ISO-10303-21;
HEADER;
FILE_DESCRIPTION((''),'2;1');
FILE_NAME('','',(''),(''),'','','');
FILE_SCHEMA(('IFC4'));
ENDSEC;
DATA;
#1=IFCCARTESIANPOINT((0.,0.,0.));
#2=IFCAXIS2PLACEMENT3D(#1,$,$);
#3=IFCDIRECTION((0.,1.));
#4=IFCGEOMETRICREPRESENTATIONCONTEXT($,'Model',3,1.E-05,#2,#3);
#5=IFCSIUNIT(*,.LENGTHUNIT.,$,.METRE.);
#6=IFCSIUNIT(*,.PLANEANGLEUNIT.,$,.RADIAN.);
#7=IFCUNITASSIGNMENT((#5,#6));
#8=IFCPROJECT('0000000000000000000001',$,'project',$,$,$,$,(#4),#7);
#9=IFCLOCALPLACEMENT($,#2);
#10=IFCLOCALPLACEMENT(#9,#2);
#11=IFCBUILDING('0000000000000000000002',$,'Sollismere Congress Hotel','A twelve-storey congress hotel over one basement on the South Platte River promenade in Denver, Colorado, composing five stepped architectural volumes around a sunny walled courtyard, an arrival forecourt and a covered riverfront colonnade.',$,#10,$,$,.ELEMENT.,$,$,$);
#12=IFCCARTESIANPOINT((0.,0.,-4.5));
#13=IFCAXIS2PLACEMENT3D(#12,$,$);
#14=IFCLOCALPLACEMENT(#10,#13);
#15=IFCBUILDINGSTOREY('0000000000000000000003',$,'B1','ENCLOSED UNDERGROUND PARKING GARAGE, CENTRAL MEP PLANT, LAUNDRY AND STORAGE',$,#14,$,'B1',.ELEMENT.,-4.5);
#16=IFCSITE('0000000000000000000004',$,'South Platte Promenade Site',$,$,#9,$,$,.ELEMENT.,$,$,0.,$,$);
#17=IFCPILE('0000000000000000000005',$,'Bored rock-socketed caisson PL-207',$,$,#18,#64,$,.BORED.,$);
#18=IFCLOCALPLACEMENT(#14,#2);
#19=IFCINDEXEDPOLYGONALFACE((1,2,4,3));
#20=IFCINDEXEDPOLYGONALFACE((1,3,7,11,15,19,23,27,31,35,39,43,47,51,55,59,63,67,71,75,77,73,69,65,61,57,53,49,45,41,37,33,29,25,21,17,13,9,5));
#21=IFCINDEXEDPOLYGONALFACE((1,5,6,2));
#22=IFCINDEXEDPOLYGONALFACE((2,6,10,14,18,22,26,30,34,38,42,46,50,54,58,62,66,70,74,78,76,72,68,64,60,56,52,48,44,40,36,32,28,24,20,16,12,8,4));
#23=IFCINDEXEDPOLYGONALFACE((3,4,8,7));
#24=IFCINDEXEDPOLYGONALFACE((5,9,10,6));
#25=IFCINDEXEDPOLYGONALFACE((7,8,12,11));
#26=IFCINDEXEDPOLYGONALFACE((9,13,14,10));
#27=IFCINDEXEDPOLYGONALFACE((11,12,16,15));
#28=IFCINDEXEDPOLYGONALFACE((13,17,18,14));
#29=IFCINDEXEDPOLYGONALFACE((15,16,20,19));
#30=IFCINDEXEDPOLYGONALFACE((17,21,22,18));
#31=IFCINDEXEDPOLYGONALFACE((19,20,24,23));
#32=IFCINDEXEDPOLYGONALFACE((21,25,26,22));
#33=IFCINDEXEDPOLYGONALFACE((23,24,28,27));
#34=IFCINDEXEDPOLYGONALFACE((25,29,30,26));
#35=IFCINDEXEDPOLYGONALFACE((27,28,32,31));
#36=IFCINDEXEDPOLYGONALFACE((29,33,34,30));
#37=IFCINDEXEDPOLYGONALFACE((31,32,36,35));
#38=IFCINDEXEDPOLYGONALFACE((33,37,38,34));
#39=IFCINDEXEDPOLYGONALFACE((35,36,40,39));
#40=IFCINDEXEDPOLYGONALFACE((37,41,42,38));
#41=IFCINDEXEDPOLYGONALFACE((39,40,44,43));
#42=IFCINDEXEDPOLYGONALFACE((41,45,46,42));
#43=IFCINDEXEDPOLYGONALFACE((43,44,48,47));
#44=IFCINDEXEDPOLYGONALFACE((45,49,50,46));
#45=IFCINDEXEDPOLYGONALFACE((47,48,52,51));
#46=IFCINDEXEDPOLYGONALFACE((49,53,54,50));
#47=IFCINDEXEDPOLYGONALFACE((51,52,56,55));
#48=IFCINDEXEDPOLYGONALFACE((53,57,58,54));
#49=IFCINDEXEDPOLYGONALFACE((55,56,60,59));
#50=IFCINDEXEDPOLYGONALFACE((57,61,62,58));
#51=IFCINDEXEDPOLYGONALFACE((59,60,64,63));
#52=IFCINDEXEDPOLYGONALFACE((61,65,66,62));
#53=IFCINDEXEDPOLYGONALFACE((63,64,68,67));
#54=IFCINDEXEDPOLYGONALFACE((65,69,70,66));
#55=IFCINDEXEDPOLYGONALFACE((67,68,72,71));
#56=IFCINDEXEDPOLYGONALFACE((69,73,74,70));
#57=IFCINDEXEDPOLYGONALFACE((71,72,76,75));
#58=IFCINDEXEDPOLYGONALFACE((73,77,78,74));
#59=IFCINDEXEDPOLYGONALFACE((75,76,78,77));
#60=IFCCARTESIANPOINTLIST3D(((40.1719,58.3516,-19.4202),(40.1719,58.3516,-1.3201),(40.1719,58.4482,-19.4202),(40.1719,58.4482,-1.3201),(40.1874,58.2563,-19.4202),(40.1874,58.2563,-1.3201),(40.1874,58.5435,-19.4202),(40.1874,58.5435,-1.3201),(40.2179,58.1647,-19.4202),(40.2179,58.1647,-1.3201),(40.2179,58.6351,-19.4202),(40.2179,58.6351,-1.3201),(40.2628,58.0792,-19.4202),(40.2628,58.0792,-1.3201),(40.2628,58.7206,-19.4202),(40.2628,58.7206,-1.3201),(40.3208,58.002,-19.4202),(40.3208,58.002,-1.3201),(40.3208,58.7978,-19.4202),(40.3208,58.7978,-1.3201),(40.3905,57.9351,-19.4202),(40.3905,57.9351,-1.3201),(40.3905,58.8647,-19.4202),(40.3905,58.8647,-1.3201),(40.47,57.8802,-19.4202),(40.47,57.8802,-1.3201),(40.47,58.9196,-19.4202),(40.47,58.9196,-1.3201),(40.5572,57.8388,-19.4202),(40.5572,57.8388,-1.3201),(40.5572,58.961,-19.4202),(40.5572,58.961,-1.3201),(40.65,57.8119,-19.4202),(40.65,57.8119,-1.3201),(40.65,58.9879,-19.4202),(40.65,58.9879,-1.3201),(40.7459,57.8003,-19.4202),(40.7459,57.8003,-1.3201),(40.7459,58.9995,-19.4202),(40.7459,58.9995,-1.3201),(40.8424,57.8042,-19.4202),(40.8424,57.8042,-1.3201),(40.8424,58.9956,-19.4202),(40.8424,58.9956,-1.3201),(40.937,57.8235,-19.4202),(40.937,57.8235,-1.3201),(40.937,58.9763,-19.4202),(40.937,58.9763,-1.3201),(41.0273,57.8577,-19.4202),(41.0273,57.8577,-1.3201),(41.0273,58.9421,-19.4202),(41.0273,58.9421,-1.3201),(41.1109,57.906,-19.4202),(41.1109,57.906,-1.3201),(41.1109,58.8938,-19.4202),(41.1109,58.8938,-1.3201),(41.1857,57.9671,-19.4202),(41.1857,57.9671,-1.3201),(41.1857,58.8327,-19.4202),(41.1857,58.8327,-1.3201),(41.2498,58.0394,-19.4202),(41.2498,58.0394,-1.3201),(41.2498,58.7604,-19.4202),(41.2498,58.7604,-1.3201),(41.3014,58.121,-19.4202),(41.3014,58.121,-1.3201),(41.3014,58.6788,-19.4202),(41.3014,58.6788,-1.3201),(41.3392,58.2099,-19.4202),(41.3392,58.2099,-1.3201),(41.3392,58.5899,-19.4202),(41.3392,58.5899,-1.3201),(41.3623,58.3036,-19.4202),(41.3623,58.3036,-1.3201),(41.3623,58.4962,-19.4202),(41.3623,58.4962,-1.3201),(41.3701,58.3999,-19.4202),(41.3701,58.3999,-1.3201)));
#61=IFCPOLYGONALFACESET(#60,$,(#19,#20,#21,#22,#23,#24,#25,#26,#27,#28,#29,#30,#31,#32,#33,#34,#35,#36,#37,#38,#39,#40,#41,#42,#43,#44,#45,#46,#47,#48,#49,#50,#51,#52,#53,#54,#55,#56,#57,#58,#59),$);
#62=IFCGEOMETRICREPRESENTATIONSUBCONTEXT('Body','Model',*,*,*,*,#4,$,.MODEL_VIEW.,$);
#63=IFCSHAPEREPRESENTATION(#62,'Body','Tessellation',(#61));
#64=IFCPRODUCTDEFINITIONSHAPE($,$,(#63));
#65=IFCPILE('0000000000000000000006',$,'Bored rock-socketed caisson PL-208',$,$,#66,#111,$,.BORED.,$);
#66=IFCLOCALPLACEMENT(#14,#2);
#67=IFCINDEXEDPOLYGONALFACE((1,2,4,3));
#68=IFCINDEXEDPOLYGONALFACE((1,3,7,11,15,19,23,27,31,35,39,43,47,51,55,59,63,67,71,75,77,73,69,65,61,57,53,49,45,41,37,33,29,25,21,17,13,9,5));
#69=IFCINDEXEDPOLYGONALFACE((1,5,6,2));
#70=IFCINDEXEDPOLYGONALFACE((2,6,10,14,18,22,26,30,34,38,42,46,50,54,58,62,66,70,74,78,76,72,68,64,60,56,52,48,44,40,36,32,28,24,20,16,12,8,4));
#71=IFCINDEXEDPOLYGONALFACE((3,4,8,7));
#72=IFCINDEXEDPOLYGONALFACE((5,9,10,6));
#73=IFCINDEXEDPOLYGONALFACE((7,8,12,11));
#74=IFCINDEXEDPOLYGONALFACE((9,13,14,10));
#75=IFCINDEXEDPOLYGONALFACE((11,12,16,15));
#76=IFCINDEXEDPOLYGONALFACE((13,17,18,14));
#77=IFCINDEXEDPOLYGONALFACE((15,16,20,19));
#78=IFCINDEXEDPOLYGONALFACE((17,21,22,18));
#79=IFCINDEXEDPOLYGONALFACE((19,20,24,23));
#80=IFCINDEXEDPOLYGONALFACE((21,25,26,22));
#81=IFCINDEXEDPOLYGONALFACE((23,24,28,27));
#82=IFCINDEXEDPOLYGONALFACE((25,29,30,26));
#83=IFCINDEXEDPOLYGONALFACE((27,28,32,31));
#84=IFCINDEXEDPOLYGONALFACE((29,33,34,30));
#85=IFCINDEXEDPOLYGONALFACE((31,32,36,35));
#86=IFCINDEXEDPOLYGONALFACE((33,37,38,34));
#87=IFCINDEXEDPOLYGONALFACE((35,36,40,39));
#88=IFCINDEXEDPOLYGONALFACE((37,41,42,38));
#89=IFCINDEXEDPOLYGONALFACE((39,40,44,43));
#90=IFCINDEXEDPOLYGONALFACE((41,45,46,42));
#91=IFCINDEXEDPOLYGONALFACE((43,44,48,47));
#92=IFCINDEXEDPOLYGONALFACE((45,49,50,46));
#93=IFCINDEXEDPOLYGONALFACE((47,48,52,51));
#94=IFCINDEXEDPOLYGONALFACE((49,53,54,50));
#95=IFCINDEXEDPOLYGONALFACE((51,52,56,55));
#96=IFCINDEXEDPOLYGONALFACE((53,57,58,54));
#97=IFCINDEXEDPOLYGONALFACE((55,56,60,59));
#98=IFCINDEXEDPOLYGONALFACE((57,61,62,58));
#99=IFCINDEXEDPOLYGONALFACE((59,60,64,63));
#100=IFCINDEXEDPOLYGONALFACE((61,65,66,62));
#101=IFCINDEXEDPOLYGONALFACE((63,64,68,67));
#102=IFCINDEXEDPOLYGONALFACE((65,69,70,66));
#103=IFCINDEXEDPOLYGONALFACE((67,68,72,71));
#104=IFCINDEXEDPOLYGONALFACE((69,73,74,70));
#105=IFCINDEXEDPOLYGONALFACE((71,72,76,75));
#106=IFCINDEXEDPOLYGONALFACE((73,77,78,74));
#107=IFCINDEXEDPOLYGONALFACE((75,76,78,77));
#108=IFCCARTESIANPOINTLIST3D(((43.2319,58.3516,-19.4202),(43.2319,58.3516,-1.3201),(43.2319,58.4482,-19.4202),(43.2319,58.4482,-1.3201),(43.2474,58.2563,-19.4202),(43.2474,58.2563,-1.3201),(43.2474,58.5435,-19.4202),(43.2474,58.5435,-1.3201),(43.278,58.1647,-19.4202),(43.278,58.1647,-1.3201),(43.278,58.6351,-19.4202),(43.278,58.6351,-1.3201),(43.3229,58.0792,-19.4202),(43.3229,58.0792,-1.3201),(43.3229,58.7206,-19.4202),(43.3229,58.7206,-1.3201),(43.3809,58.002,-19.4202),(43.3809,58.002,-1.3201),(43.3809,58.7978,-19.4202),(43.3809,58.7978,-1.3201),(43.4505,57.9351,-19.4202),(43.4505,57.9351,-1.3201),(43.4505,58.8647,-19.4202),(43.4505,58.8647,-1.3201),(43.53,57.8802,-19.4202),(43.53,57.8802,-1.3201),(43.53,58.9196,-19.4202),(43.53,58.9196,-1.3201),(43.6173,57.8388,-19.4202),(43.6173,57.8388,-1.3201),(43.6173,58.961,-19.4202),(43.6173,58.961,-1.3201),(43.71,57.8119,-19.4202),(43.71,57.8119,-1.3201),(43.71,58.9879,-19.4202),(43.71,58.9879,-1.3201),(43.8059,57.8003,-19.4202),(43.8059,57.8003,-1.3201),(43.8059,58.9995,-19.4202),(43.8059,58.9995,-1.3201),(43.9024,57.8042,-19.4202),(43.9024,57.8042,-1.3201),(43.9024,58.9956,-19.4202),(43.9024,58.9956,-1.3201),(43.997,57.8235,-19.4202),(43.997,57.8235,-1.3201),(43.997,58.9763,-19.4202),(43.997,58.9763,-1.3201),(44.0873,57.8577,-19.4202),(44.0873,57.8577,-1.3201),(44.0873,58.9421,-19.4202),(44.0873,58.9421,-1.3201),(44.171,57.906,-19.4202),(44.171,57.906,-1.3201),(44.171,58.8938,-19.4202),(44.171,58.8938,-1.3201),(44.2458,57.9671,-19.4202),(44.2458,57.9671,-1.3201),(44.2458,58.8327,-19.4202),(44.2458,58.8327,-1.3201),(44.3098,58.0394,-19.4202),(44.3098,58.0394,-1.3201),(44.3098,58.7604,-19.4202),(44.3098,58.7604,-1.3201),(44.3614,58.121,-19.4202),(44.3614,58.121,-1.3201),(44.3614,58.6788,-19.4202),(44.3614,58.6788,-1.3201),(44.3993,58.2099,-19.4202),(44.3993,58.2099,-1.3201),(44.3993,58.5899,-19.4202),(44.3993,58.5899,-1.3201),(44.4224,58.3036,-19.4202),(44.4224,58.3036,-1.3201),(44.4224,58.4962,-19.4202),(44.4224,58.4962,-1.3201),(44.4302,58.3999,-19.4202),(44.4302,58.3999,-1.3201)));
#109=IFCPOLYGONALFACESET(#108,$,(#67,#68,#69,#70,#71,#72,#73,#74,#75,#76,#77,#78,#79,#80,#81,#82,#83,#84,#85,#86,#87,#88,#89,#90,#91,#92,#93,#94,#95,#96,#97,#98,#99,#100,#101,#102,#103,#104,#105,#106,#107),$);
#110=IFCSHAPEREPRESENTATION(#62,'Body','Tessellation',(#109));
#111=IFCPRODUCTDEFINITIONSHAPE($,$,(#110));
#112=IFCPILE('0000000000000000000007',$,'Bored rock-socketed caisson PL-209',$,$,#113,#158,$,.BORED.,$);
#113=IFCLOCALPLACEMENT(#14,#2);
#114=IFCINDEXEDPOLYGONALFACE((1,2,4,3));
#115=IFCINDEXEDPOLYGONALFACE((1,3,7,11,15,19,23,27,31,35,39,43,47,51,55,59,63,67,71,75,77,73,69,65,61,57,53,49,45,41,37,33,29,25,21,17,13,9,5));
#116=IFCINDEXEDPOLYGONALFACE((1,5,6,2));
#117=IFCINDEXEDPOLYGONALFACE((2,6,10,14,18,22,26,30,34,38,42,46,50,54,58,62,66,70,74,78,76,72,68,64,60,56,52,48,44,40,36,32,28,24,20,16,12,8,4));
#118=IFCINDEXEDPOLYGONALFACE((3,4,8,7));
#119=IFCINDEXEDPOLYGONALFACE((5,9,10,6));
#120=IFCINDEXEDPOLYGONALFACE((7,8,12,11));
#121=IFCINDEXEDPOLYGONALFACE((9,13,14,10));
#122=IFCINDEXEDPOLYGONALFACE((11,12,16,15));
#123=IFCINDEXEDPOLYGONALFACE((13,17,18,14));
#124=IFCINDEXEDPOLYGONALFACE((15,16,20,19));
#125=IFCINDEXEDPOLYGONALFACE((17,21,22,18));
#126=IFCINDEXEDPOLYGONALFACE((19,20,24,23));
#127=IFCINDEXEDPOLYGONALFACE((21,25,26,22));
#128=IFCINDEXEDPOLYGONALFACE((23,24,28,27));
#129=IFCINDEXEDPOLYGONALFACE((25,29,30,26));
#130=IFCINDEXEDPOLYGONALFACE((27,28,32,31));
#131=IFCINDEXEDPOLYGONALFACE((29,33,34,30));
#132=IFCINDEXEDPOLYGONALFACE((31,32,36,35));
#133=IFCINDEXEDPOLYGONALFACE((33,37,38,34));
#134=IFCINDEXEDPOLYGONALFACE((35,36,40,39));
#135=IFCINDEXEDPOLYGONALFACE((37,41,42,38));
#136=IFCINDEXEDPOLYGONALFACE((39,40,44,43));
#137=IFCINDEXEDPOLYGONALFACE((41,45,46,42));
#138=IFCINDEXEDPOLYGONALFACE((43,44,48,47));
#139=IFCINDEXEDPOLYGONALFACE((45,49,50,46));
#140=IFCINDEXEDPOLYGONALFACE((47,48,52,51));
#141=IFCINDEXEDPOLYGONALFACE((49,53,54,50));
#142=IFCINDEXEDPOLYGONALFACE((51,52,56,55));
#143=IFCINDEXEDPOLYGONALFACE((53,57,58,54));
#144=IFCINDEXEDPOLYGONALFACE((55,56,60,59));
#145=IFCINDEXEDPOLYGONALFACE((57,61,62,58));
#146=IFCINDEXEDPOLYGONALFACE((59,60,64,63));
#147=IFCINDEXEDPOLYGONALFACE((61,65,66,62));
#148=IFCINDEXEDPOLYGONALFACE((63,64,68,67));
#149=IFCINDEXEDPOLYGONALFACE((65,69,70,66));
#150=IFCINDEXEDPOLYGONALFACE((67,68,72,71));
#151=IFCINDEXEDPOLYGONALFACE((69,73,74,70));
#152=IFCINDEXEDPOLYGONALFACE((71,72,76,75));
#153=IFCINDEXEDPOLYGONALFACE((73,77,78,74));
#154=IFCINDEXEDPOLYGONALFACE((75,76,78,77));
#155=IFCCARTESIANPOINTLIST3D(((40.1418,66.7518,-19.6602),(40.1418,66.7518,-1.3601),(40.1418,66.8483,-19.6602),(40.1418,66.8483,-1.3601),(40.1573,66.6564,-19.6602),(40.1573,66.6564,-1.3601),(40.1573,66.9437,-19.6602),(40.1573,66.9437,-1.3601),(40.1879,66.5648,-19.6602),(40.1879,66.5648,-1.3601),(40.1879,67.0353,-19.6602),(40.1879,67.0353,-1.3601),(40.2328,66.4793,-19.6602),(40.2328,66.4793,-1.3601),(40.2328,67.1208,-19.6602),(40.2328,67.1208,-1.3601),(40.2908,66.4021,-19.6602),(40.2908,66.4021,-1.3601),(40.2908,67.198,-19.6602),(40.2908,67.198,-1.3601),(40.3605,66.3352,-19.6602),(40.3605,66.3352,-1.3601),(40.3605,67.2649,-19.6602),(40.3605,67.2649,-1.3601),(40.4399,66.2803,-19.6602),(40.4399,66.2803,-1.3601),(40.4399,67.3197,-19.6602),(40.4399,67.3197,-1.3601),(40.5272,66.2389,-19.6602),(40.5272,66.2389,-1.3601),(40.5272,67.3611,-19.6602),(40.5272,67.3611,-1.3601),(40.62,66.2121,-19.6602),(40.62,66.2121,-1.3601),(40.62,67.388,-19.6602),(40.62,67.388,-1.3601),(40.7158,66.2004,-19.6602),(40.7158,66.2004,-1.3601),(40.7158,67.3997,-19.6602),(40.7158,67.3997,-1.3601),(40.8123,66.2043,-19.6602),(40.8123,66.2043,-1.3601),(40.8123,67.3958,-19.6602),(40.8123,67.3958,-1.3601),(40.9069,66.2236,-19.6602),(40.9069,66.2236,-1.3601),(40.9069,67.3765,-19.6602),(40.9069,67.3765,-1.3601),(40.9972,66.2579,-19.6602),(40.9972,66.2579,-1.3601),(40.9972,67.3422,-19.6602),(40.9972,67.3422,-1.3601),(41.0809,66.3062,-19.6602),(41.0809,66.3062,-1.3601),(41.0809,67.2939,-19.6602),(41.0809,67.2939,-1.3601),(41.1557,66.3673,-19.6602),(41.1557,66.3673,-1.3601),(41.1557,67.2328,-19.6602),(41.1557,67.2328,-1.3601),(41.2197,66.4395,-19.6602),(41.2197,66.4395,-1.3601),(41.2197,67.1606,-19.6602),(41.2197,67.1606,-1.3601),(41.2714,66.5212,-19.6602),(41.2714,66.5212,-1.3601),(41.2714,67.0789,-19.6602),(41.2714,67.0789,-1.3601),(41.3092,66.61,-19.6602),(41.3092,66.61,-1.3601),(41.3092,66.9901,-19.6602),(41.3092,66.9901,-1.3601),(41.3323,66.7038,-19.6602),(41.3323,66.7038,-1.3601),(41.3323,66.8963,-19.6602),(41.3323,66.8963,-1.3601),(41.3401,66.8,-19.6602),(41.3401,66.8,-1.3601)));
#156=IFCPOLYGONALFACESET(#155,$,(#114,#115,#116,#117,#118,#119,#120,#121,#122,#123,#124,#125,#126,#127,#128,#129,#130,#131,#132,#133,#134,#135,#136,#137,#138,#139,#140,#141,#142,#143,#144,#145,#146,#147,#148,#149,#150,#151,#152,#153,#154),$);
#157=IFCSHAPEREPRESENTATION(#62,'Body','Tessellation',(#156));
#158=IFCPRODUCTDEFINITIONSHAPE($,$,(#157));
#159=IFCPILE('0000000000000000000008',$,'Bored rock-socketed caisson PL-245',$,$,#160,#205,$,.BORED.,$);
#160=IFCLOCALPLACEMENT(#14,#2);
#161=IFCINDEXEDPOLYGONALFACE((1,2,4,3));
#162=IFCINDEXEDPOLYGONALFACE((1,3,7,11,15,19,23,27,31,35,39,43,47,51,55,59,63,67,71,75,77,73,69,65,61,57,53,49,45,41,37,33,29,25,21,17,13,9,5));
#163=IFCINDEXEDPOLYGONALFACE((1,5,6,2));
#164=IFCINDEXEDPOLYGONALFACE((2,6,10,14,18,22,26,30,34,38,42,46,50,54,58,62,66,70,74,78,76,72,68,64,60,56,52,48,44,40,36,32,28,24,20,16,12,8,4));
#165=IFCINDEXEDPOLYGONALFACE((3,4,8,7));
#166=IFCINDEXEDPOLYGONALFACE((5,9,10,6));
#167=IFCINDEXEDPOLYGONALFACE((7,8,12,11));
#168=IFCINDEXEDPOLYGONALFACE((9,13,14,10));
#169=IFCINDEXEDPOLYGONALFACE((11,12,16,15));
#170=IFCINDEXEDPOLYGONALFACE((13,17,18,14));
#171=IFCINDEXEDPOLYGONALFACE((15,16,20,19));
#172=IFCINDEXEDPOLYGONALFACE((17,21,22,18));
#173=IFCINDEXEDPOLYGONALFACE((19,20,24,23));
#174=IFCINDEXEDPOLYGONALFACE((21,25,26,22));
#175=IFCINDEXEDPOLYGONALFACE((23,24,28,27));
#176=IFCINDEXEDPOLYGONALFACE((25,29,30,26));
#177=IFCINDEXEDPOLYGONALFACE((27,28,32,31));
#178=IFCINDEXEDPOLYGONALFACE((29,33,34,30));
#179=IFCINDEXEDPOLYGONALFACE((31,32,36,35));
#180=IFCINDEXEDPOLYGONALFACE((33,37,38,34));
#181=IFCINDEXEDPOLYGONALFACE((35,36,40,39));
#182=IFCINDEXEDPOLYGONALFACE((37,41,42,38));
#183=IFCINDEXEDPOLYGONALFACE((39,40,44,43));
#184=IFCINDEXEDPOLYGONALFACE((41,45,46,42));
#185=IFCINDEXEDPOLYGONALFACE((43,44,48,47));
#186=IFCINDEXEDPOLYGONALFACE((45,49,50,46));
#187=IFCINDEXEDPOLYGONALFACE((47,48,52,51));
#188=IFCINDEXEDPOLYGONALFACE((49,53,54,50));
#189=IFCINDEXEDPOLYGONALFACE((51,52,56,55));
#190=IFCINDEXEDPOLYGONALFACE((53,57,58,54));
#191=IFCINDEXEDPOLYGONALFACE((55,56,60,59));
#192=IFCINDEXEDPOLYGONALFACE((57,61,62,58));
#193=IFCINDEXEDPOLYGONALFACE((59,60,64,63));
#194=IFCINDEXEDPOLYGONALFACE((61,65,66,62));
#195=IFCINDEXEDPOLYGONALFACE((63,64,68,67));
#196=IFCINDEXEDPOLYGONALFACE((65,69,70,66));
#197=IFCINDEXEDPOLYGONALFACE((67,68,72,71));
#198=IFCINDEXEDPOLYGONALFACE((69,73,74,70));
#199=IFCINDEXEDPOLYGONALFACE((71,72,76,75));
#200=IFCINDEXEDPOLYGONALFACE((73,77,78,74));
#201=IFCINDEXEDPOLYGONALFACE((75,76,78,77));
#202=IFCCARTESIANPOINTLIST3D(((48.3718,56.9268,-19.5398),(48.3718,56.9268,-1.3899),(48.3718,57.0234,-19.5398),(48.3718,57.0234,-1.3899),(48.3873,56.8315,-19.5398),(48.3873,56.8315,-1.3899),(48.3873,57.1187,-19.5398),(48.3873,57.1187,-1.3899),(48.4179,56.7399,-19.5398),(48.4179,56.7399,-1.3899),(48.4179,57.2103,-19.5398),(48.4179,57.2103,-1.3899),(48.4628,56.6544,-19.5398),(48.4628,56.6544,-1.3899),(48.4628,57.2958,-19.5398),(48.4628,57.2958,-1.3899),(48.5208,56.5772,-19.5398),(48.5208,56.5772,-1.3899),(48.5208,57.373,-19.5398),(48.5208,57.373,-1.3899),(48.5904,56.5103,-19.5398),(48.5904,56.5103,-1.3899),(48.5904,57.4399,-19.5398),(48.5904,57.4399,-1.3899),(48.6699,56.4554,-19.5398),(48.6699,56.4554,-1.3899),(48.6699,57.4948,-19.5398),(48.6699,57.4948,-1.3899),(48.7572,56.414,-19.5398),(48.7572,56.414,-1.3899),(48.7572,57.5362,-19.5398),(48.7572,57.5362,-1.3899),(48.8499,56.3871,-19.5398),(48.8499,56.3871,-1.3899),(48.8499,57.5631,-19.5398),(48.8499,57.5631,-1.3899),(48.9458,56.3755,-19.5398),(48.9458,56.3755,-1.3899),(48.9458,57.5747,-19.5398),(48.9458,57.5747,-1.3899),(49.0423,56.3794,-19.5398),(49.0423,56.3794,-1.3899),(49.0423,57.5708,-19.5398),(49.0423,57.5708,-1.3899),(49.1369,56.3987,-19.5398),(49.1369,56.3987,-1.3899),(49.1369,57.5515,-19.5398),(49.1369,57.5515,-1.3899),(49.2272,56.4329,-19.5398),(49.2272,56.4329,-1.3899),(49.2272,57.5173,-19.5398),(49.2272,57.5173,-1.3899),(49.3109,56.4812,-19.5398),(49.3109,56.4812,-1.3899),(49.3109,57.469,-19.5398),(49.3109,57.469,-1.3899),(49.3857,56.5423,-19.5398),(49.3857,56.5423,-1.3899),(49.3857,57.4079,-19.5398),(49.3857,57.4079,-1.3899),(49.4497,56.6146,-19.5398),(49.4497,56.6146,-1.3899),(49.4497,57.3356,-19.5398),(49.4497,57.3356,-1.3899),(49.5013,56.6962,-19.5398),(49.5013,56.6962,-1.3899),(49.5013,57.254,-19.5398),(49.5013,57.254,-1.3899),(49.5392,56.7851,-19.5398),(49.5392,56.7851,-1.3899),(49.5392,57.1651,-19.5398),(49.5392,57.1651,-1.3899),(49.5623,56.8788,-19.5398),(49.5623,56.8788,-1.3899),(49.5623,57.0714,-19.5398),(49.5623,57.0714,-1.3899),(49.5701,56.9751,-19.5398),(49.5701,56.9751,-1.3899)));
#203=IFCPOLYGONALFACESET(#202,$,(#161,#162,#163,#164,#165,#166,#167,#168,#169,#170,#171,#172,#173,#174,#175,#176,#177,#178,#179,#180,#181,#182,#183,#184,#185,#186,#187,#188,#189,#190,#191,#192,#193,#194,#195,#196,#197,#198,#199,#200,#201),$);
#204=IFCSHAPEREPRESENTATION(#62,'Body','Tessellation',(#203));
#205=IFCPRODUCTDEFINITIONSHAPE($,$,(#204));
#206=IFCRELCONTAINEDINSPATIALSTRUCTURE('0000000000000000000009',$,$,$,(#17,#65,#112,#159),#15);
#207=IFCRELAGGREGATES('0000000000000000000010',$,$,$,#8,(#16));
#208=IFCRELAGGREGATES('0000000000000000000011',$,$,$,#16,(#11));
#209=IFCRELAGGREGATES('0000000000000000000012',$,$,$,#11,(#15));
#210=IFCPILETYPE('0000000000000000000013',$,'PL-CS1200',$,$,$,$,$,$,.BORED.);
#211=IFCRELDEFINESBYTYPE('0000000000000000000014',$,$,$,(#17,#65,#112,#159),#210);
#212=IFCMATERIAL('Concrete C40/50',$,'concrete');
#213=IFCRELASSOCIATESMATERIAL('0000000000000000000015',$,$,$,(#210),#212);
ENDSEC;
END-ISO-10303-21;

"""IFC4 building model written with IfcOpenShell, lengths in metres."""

from ifc_helpers import new_model, si_unit, direction, frame, origin, origin_2d, place, context, subcontext, project, spatial, circle, extrude, material, material_profile, profile_set, type_object, element, save


model = new_model("IFC4")

# Units and contexts
model_context = context("Model", 3, precision=1e-05, world=origin(), true_north=direction((0.0, 1.0)))
body_context = subcontext(model_context, "Body", "Model", "MODEL_VIEW")
ifc_project = project(units=[si_unit("LENGTHUNIT", "METRE"), si_unit("PLANEANGLEUNIT", "RADIAN")], contexts=[model_context])

# Site, building, storey
site_placement = place(None, origin())
site = spatial("IfcSite", under=ifc_project, at=site_placement, Name="South Platte Promenade Site", CompositionType="ELEMENT", RefElevation=0.0)
building_placement = place(site_placement, origin())
building = spatial("IfcBuilding", under=site, at=building_placement, Name="Sollismere Congress Hotel", Description="A twelve-storey congress hotel over one basement on the South Platte River promenade in Denver, Colorado, composing five stepped architectural volumes around a sunny walled courtyard, an arrival forecourt and a covered riverfront colonnade.", CompositionType="ELEMENT")
storey_placement = place(building_placement, frame((0.0, 0.0, -4.5)))
storey = spatial("IfcBuildingStorey", under=building, at=storey_placement, Name="B1", Description="ENCLOSED UNDERGROUND PARKING GARAGE, CENTRAL MEP PLANT, LAUNDRY AND STORAGE", LongName="B1", CompositionType="ELEMENT", Elevation=-4.5)

# Shared definitions
ifc_material_1 = material(Name="Concrete C40/50", Category="concrete")

# Piles
ifc_material_profile_1 = material_profile(ifc_material_1, circle(Radius=0.6001, at=origin_2d()), Name="CAISSON1200")
ifc_profile_set_1 = profile_set([ifc_material_profile_1], Name="Concrete C40/50")
pile_type = type_object("IfcPileType", Name="PL-CS1200", PredefinedType="BORED", material=ifc_profile_set_1)
for number, where, z_axis, x_axis, name in (
    (1, (40.77, 58.3999, -1.3201), (0.0, 0.0, -1.0), (1.0, 0.0, 0.0), "Bored rock-socketed caisson PL-207"),
    (2, (43.8301, 58.3999, -1.3201), (0.0, 0.0, -1.0), (1.0, 0.0, 0.0), "Bored rock-socketed caisson PL-208"),
):
    element("IfcPile", number, at=place(storey_placement, frame(where, z_axis=z_axis, x_axis=x_axis)), inside=storey, type_object=pile_type, Name=name, PredefinedType="BORED", context=body_context, shape_type="SweptSolid", body=[
        extrude(circle(Radius=0.6001, at=origin_2d()), origin(), (0.0, 0.0, 1.0), 18.1001),
    ])
pile_1_placement = place(storey_placement, frame((40.74, 66.8, -1.3601), z_axis=(0.0, 0.0, -1.0), x_axis=(1.0, 0.0, 0.0)))
element("IfcPile", 3, at=pile_1_placement, inside=storey, type_object=pile_type, Name="Bored rock-socketed caisson PL-209", PredefinedType="BORED", context=body_context, shape_type="SweptSolid", body=[
    extrude(circle(Radius=0.6001, at=origin_2d()), origin(), (0.0, 0.0, 1.0), 18.3),
])
for number, where, z_axis, x_axis, name in (
    (4, (48.97, 56.9751, -1.3899), (0.0, 0.0, -1.0), (1.0, 0.0, 0.0), "Bored rock-socketed caisson PL-245"),
):
    element("IfcPile", number, at=place(storey_placement, frame(where, z_axis=z_axis, x_axis=x_axis)), inside=storey, type_object=pile_type, Name=name, PredefinedType="BORED", context=body_context, shape_type="SweptSolid", body=[
        extrude(circle(Radius=0.6001, at=origin_2d()), origin(), (0.0, 0.0, 1.0), 18.1499),
    ])

save(model, "model.ifc")
